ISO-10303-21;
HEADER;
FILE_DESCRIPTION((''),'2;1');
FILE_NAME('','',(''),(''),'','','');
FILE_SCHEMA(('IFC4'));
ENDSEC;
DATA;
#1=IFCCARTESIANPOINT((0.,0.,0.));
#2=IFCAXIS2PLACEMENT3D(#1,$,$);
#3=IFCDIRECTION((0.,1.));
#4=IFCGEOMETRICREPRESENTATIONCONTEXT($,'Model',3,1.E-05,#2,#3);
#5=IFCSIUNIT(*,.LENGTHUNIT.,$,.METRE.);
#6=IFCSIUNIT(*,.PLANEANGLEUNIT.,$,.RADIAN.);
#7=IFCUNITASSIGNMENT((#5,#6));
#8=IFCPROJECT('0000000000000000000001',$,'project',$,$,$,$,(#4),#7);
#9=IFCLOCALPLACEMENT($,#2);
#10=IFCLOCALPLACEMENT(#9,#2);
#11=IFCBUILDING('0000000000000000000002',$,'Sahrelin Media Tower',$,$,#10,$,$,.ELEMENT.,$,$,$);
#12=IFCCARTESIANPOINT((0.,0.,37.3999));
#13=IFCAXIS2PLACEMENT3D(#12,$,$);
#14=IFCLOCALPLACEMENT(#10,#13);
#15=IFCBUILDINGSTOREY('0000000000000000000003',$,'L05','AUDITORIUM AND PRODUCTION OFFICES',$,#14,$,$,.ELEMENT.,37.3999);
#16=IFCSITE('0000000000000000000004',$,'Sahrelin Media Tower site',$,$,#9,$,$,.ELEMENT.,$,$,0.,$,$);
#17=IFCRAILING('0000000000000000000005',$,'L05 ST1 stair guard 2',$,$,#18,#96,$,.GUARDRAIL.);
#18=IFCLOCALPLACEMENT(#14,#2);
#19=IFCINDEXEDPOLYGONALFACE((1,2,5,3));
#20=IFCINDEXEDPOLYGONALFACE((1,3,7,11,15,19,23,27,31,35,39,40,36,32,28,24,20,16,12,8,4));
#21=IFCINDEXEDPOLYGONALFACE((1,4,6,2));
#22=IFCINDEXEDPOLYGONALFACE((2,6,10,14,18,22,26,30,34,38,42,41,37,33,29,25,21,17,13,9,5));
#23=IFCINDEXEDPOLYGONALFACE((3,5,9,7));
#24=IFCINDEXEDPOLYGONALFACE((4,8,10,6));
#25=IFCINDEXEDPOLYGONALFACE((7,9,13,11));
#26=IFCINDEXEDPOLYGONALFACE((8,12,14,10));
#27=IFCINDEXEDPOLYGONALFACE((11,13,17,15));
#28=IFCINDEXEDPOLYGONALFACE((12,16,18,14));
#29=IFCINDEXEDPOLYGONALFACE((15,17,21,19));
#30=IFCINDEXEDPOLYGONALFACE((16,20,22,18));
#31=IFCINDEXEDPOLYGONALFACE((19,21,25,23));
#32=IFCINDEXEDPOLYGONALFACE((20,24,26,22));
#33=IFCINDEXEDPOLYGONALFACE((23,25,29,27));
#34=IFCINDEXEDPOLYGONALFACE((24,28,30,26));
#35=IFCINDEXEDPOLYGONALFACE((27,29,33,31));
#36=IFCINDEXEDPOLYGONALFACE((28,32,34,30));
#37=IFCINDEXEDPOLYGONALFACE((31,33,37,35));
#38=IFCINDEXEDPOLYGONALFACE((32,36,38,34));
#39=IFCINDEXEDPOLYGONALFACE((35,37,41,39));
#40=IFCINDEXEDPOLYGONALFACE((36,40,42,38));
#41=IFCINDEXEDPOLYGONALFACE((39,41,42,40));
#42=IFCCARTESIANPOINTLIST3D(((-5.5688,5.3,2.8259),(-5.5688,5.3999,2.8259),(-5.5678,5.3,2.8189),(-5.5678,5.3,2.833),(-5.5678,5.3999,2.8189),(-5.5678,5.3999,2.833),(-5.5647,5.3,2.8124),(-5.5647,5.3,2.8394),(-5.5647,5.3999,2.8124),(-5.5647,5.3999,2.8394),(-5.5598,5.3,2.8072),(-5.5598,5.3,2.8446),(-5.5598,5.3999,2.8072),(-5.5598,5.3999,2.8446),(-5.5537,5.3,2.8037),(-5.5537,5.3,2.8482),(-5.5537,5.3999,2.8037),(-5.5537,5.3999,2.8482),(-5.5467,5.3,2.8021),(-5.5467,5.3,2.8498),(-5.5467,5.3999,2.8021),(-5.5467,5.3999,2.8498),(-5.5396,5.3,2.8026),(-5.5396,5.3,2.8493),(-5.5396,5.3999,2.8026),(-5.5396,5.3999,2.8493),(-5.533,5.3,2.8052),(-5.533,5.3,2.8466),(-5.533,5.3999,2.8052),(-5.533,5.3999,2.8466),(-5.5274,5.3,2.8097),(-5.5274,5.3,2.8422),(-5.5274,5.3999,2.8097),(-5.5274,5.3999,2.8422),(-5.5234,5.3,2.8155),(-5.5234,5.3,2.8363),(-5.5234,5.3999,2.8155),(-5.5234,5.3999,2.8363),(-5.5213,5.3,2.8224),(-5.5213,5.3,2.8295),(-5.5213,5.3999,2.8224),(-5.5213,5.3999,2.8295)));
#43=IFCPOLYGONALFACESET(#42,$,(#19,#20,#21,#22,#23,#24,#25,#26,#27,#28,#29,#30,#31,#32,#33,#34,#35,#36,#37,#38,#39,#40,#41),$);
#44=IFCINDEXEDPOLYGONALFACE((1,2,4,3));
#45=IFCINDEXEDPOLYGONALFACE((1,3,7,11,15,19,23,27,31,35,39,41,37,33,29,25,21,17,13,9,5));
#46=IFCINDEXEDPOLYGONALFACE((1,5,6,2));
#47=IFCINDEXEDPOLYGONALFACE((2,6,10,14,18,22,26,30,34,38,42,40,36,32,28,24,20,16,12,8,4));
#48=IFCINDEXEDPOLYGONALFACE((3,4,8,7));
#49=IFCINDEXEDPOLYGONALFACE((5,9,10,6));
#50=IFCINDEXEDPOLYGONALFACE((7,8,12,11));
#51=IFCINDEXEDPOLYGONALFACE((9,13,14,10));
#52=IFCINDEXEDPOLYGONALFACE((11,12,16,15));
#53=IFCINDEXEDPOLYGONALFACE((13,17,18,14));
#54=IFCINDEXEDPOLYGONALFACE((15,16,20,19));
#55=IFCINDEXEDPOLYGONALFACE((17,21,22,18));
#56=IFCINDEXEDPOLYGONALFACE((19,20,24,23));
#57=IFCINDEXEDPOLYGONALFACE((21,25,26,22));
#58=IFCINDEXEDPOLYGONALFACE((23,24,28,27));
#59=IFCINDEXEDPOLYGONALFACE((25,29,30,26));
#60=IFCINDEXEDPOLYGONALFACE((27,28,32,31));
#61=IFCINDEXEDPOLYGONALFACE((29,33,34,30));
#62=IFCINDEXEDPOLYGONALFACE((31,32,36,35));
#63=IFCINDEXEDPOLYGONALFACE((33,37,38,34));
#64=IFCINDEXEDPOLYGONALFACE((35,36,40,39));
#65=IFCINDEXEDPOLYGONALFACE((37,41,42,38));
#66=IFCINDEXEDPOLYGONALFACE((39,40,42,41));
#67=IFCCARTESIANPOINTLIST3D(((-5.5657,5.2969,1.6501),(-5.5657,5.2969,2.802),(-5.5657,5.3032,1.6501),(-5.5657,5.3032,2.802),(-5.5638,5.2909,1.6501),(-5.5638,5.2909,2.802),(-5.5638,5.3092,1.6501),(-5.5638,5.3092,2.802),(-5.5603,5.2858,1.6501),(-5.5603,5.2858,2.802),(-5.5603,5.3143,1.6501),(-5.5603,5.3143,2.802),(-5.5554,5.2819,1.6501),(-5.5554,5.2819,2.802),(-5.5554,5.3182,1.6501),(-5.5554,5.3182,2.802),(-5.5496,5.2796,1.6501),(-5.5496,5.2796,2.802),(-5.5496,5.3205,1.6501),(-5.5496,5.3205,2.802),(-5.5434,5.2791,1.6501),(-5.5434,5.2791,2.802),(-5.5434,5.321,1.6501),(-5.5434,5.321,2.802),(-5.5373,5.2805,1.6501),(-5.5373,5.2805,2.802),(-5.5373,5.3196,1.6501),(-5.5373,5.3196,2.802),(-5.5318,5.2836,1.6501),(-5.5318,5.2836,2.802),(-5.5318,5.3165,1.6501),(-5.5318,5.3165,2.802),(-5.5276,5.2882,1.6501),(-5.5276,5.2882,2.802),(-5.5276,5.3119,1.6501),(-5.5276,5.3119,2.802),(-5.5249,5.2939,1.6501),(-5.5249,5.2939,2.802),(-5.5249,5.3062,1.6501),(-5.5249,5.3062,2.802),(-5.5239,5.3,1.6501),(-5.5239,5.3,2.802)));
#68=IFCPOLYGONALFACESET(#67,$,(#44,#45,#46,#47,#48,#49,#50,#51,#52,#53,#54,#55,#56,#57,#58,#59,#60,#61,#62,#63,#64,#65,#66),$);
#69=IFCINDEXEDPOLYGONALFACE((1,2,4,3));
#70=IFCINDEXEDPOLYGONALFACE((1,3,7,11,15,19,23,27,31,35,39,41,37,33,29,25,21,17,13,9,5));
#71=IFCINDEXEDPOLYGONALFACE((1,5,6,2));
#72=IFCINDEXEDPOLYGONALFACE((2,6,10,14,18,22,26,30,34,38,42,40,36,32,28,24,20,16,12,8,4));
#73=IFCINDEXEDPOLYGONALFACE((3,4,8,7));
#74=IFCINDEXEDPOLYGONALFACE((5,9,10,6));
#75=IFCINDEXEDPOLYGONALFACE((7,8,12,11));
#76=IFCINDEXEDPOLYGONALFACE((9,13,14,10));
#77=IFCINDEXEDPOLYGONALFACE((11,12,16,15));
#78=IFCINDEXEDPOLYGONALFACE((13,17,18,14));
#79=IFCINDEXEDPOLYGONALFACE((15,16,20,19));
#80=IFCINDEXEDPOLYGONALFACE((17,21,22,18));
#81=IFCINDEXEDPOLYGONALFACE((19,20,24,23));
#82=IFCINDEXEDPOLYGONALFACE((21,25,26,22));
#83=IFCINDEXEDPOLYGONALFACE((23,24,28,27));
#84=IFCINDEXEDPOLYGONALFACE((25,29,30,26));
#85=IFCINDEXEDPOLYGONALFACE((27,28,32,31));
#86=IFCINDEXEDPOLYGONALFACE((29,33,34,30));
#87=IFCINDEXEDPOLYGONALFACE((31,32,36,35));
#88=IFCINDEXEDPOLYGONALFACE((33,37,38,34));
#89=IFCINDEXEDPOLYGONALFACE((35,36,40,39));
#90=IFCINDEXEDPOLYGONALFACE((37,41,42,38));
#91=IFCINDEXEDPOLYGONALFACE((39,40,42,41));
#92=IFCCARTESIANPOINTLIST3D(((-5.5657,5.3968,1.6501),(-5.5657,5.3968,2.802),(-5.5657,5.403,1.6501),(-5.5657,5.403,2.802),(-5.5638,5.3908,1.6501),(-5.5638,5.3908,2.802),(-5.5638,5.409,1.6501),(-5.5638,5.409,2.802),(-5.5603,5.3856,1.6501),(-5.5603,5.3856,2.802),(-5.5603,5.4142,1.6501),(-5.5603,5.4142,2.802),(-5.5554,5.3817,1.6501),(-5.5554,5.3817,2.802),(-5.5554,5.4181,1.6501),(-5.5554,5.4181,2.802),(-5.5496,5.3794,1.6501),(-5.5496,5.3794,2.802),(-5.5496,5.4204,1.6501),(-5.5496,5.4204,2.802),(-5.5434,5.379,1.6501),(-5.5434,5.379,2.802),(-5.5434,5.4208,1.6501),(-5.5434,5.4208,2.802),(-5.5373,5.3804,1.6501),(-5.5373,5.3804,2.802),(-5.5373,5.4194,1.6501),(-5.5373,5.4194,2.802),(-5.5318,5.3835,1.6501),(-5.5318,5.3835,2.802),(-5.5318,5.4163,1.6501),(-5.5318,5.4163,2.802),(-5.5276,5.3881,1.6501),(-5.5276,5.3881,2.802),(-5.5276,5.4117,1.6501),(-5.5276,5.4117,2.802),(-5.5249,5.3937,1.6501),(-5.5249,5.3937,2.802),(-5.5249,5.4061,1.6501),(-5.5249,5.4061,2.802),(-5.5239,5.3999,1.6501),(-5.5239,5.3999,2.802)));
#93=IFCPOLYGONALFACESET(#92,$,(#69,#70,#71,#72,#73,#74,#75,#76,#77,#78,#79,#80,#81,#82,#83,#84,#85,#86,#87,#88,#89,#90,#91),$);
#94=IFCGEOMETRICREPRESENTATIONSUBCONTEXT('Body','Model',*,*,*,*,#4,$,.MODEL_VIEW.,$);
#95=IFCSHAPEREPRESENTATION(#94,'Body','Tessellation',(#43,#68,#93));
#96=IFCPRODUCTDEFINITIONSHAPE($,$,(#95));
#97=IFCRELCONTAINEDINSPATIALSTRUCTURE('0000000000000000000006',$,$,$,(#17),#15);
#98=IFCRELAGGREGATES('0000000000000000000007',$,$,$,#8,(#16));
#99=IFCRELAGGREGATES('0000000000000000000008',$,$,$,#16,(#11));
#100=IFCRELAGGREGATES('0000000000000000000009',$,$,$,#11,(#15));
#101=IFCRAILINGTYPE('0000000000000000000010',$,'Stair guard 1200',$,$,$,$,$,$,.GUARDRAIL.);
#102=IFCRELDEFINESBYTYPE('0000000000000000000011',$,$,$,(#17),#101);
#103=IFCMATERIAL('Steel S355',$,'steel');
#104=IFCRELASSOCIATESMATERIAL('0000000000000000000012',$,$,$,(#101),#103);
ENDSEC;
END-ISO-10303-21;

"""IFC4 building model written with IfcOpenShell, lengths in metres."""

from ifc_helpers import new_model, si_unit, direction, frame, origin, origin_2d, place, context, subcontext, project, spatial, circle, extrude, material, type_object, element, save


model = new_model("IFC4")

# Units and contexts
model_context = context("Model", 3, precision=1e-05, world=origin(), true_north=direction((0.0, 1.0)))
body_context = subcontext(model_context, "Body", "Model", "MODEL_VIEW")
ifc_project = project(units=[si_unit("LENGTHUNIT", "METRE"), si_unit("PLANEANGLEUNIT", "RADIAN")], contexts=[model_context])

# Site, building, storey
site_placement = place(None, origin())
site = spatial("IfcSite", under=ifc_project, at=site_placement, Name="Sahrelin Media Tower site", CompositionType="ELEMENT", RefElevation=0.0)
building_placement = place(site_placement, origin())
building = spatial("IfcBuilding", under=site, at=building_placement, Name="Sahrelin Media Tower", CompositionType="ELEMENT")
storey_placement = place(building_placement, frame((0.0, 0.0, 37.3999)))
storey = spatial("IfcBuildingStorey", under=building, at=storey_placement, Name="L05", Description="AUDITORIUM AND PRODUCTION OFFICES", CompositionType="ELEMENT", Elevation=37.3999)

# Shared definitions
ifc_material_1 = material(Name="Steel S355", Category="steel")

# Railing
railing_type_1 = type_object("IfcRailingType", Name="Stair guard 1200", PredefinedType="GUARDRAIL", material=ifc_material_1)
railing_1_placement = place(storey_placement, frame((-5.5449, 5.3, 1.6501)))
element("IfcRailing", 1, at=railing_1_placement, inside=storey, type_object=railing_type_1, Name="L05 ST1 stair guard 2", PredefinedType="GUARDRAIL", context=body_context, shape_type="SweptSolid", body=[
    extrude(circle(Radius=0.0239, at=origin_2d()), frame((0.0, 0.0, 1.1758), z_axis=(0.0, 1.0, 0.0), x_axis=(-1.0, 0.0, 0.0)), (0.0, 0.0, 1.0), 0.0999),
    extrude(circle(Radius=0.021, at=origin_2d()), origin(), (0.0, 0.0, 1.0), 1.1519),
    extrude(circle(Radius=0.021, at=origin_2d()), frame((0.0, 0.0999, 0.0)), (0.0, 0.0, 1.0), 1.1519),
])

save(model, "model.ifc")
